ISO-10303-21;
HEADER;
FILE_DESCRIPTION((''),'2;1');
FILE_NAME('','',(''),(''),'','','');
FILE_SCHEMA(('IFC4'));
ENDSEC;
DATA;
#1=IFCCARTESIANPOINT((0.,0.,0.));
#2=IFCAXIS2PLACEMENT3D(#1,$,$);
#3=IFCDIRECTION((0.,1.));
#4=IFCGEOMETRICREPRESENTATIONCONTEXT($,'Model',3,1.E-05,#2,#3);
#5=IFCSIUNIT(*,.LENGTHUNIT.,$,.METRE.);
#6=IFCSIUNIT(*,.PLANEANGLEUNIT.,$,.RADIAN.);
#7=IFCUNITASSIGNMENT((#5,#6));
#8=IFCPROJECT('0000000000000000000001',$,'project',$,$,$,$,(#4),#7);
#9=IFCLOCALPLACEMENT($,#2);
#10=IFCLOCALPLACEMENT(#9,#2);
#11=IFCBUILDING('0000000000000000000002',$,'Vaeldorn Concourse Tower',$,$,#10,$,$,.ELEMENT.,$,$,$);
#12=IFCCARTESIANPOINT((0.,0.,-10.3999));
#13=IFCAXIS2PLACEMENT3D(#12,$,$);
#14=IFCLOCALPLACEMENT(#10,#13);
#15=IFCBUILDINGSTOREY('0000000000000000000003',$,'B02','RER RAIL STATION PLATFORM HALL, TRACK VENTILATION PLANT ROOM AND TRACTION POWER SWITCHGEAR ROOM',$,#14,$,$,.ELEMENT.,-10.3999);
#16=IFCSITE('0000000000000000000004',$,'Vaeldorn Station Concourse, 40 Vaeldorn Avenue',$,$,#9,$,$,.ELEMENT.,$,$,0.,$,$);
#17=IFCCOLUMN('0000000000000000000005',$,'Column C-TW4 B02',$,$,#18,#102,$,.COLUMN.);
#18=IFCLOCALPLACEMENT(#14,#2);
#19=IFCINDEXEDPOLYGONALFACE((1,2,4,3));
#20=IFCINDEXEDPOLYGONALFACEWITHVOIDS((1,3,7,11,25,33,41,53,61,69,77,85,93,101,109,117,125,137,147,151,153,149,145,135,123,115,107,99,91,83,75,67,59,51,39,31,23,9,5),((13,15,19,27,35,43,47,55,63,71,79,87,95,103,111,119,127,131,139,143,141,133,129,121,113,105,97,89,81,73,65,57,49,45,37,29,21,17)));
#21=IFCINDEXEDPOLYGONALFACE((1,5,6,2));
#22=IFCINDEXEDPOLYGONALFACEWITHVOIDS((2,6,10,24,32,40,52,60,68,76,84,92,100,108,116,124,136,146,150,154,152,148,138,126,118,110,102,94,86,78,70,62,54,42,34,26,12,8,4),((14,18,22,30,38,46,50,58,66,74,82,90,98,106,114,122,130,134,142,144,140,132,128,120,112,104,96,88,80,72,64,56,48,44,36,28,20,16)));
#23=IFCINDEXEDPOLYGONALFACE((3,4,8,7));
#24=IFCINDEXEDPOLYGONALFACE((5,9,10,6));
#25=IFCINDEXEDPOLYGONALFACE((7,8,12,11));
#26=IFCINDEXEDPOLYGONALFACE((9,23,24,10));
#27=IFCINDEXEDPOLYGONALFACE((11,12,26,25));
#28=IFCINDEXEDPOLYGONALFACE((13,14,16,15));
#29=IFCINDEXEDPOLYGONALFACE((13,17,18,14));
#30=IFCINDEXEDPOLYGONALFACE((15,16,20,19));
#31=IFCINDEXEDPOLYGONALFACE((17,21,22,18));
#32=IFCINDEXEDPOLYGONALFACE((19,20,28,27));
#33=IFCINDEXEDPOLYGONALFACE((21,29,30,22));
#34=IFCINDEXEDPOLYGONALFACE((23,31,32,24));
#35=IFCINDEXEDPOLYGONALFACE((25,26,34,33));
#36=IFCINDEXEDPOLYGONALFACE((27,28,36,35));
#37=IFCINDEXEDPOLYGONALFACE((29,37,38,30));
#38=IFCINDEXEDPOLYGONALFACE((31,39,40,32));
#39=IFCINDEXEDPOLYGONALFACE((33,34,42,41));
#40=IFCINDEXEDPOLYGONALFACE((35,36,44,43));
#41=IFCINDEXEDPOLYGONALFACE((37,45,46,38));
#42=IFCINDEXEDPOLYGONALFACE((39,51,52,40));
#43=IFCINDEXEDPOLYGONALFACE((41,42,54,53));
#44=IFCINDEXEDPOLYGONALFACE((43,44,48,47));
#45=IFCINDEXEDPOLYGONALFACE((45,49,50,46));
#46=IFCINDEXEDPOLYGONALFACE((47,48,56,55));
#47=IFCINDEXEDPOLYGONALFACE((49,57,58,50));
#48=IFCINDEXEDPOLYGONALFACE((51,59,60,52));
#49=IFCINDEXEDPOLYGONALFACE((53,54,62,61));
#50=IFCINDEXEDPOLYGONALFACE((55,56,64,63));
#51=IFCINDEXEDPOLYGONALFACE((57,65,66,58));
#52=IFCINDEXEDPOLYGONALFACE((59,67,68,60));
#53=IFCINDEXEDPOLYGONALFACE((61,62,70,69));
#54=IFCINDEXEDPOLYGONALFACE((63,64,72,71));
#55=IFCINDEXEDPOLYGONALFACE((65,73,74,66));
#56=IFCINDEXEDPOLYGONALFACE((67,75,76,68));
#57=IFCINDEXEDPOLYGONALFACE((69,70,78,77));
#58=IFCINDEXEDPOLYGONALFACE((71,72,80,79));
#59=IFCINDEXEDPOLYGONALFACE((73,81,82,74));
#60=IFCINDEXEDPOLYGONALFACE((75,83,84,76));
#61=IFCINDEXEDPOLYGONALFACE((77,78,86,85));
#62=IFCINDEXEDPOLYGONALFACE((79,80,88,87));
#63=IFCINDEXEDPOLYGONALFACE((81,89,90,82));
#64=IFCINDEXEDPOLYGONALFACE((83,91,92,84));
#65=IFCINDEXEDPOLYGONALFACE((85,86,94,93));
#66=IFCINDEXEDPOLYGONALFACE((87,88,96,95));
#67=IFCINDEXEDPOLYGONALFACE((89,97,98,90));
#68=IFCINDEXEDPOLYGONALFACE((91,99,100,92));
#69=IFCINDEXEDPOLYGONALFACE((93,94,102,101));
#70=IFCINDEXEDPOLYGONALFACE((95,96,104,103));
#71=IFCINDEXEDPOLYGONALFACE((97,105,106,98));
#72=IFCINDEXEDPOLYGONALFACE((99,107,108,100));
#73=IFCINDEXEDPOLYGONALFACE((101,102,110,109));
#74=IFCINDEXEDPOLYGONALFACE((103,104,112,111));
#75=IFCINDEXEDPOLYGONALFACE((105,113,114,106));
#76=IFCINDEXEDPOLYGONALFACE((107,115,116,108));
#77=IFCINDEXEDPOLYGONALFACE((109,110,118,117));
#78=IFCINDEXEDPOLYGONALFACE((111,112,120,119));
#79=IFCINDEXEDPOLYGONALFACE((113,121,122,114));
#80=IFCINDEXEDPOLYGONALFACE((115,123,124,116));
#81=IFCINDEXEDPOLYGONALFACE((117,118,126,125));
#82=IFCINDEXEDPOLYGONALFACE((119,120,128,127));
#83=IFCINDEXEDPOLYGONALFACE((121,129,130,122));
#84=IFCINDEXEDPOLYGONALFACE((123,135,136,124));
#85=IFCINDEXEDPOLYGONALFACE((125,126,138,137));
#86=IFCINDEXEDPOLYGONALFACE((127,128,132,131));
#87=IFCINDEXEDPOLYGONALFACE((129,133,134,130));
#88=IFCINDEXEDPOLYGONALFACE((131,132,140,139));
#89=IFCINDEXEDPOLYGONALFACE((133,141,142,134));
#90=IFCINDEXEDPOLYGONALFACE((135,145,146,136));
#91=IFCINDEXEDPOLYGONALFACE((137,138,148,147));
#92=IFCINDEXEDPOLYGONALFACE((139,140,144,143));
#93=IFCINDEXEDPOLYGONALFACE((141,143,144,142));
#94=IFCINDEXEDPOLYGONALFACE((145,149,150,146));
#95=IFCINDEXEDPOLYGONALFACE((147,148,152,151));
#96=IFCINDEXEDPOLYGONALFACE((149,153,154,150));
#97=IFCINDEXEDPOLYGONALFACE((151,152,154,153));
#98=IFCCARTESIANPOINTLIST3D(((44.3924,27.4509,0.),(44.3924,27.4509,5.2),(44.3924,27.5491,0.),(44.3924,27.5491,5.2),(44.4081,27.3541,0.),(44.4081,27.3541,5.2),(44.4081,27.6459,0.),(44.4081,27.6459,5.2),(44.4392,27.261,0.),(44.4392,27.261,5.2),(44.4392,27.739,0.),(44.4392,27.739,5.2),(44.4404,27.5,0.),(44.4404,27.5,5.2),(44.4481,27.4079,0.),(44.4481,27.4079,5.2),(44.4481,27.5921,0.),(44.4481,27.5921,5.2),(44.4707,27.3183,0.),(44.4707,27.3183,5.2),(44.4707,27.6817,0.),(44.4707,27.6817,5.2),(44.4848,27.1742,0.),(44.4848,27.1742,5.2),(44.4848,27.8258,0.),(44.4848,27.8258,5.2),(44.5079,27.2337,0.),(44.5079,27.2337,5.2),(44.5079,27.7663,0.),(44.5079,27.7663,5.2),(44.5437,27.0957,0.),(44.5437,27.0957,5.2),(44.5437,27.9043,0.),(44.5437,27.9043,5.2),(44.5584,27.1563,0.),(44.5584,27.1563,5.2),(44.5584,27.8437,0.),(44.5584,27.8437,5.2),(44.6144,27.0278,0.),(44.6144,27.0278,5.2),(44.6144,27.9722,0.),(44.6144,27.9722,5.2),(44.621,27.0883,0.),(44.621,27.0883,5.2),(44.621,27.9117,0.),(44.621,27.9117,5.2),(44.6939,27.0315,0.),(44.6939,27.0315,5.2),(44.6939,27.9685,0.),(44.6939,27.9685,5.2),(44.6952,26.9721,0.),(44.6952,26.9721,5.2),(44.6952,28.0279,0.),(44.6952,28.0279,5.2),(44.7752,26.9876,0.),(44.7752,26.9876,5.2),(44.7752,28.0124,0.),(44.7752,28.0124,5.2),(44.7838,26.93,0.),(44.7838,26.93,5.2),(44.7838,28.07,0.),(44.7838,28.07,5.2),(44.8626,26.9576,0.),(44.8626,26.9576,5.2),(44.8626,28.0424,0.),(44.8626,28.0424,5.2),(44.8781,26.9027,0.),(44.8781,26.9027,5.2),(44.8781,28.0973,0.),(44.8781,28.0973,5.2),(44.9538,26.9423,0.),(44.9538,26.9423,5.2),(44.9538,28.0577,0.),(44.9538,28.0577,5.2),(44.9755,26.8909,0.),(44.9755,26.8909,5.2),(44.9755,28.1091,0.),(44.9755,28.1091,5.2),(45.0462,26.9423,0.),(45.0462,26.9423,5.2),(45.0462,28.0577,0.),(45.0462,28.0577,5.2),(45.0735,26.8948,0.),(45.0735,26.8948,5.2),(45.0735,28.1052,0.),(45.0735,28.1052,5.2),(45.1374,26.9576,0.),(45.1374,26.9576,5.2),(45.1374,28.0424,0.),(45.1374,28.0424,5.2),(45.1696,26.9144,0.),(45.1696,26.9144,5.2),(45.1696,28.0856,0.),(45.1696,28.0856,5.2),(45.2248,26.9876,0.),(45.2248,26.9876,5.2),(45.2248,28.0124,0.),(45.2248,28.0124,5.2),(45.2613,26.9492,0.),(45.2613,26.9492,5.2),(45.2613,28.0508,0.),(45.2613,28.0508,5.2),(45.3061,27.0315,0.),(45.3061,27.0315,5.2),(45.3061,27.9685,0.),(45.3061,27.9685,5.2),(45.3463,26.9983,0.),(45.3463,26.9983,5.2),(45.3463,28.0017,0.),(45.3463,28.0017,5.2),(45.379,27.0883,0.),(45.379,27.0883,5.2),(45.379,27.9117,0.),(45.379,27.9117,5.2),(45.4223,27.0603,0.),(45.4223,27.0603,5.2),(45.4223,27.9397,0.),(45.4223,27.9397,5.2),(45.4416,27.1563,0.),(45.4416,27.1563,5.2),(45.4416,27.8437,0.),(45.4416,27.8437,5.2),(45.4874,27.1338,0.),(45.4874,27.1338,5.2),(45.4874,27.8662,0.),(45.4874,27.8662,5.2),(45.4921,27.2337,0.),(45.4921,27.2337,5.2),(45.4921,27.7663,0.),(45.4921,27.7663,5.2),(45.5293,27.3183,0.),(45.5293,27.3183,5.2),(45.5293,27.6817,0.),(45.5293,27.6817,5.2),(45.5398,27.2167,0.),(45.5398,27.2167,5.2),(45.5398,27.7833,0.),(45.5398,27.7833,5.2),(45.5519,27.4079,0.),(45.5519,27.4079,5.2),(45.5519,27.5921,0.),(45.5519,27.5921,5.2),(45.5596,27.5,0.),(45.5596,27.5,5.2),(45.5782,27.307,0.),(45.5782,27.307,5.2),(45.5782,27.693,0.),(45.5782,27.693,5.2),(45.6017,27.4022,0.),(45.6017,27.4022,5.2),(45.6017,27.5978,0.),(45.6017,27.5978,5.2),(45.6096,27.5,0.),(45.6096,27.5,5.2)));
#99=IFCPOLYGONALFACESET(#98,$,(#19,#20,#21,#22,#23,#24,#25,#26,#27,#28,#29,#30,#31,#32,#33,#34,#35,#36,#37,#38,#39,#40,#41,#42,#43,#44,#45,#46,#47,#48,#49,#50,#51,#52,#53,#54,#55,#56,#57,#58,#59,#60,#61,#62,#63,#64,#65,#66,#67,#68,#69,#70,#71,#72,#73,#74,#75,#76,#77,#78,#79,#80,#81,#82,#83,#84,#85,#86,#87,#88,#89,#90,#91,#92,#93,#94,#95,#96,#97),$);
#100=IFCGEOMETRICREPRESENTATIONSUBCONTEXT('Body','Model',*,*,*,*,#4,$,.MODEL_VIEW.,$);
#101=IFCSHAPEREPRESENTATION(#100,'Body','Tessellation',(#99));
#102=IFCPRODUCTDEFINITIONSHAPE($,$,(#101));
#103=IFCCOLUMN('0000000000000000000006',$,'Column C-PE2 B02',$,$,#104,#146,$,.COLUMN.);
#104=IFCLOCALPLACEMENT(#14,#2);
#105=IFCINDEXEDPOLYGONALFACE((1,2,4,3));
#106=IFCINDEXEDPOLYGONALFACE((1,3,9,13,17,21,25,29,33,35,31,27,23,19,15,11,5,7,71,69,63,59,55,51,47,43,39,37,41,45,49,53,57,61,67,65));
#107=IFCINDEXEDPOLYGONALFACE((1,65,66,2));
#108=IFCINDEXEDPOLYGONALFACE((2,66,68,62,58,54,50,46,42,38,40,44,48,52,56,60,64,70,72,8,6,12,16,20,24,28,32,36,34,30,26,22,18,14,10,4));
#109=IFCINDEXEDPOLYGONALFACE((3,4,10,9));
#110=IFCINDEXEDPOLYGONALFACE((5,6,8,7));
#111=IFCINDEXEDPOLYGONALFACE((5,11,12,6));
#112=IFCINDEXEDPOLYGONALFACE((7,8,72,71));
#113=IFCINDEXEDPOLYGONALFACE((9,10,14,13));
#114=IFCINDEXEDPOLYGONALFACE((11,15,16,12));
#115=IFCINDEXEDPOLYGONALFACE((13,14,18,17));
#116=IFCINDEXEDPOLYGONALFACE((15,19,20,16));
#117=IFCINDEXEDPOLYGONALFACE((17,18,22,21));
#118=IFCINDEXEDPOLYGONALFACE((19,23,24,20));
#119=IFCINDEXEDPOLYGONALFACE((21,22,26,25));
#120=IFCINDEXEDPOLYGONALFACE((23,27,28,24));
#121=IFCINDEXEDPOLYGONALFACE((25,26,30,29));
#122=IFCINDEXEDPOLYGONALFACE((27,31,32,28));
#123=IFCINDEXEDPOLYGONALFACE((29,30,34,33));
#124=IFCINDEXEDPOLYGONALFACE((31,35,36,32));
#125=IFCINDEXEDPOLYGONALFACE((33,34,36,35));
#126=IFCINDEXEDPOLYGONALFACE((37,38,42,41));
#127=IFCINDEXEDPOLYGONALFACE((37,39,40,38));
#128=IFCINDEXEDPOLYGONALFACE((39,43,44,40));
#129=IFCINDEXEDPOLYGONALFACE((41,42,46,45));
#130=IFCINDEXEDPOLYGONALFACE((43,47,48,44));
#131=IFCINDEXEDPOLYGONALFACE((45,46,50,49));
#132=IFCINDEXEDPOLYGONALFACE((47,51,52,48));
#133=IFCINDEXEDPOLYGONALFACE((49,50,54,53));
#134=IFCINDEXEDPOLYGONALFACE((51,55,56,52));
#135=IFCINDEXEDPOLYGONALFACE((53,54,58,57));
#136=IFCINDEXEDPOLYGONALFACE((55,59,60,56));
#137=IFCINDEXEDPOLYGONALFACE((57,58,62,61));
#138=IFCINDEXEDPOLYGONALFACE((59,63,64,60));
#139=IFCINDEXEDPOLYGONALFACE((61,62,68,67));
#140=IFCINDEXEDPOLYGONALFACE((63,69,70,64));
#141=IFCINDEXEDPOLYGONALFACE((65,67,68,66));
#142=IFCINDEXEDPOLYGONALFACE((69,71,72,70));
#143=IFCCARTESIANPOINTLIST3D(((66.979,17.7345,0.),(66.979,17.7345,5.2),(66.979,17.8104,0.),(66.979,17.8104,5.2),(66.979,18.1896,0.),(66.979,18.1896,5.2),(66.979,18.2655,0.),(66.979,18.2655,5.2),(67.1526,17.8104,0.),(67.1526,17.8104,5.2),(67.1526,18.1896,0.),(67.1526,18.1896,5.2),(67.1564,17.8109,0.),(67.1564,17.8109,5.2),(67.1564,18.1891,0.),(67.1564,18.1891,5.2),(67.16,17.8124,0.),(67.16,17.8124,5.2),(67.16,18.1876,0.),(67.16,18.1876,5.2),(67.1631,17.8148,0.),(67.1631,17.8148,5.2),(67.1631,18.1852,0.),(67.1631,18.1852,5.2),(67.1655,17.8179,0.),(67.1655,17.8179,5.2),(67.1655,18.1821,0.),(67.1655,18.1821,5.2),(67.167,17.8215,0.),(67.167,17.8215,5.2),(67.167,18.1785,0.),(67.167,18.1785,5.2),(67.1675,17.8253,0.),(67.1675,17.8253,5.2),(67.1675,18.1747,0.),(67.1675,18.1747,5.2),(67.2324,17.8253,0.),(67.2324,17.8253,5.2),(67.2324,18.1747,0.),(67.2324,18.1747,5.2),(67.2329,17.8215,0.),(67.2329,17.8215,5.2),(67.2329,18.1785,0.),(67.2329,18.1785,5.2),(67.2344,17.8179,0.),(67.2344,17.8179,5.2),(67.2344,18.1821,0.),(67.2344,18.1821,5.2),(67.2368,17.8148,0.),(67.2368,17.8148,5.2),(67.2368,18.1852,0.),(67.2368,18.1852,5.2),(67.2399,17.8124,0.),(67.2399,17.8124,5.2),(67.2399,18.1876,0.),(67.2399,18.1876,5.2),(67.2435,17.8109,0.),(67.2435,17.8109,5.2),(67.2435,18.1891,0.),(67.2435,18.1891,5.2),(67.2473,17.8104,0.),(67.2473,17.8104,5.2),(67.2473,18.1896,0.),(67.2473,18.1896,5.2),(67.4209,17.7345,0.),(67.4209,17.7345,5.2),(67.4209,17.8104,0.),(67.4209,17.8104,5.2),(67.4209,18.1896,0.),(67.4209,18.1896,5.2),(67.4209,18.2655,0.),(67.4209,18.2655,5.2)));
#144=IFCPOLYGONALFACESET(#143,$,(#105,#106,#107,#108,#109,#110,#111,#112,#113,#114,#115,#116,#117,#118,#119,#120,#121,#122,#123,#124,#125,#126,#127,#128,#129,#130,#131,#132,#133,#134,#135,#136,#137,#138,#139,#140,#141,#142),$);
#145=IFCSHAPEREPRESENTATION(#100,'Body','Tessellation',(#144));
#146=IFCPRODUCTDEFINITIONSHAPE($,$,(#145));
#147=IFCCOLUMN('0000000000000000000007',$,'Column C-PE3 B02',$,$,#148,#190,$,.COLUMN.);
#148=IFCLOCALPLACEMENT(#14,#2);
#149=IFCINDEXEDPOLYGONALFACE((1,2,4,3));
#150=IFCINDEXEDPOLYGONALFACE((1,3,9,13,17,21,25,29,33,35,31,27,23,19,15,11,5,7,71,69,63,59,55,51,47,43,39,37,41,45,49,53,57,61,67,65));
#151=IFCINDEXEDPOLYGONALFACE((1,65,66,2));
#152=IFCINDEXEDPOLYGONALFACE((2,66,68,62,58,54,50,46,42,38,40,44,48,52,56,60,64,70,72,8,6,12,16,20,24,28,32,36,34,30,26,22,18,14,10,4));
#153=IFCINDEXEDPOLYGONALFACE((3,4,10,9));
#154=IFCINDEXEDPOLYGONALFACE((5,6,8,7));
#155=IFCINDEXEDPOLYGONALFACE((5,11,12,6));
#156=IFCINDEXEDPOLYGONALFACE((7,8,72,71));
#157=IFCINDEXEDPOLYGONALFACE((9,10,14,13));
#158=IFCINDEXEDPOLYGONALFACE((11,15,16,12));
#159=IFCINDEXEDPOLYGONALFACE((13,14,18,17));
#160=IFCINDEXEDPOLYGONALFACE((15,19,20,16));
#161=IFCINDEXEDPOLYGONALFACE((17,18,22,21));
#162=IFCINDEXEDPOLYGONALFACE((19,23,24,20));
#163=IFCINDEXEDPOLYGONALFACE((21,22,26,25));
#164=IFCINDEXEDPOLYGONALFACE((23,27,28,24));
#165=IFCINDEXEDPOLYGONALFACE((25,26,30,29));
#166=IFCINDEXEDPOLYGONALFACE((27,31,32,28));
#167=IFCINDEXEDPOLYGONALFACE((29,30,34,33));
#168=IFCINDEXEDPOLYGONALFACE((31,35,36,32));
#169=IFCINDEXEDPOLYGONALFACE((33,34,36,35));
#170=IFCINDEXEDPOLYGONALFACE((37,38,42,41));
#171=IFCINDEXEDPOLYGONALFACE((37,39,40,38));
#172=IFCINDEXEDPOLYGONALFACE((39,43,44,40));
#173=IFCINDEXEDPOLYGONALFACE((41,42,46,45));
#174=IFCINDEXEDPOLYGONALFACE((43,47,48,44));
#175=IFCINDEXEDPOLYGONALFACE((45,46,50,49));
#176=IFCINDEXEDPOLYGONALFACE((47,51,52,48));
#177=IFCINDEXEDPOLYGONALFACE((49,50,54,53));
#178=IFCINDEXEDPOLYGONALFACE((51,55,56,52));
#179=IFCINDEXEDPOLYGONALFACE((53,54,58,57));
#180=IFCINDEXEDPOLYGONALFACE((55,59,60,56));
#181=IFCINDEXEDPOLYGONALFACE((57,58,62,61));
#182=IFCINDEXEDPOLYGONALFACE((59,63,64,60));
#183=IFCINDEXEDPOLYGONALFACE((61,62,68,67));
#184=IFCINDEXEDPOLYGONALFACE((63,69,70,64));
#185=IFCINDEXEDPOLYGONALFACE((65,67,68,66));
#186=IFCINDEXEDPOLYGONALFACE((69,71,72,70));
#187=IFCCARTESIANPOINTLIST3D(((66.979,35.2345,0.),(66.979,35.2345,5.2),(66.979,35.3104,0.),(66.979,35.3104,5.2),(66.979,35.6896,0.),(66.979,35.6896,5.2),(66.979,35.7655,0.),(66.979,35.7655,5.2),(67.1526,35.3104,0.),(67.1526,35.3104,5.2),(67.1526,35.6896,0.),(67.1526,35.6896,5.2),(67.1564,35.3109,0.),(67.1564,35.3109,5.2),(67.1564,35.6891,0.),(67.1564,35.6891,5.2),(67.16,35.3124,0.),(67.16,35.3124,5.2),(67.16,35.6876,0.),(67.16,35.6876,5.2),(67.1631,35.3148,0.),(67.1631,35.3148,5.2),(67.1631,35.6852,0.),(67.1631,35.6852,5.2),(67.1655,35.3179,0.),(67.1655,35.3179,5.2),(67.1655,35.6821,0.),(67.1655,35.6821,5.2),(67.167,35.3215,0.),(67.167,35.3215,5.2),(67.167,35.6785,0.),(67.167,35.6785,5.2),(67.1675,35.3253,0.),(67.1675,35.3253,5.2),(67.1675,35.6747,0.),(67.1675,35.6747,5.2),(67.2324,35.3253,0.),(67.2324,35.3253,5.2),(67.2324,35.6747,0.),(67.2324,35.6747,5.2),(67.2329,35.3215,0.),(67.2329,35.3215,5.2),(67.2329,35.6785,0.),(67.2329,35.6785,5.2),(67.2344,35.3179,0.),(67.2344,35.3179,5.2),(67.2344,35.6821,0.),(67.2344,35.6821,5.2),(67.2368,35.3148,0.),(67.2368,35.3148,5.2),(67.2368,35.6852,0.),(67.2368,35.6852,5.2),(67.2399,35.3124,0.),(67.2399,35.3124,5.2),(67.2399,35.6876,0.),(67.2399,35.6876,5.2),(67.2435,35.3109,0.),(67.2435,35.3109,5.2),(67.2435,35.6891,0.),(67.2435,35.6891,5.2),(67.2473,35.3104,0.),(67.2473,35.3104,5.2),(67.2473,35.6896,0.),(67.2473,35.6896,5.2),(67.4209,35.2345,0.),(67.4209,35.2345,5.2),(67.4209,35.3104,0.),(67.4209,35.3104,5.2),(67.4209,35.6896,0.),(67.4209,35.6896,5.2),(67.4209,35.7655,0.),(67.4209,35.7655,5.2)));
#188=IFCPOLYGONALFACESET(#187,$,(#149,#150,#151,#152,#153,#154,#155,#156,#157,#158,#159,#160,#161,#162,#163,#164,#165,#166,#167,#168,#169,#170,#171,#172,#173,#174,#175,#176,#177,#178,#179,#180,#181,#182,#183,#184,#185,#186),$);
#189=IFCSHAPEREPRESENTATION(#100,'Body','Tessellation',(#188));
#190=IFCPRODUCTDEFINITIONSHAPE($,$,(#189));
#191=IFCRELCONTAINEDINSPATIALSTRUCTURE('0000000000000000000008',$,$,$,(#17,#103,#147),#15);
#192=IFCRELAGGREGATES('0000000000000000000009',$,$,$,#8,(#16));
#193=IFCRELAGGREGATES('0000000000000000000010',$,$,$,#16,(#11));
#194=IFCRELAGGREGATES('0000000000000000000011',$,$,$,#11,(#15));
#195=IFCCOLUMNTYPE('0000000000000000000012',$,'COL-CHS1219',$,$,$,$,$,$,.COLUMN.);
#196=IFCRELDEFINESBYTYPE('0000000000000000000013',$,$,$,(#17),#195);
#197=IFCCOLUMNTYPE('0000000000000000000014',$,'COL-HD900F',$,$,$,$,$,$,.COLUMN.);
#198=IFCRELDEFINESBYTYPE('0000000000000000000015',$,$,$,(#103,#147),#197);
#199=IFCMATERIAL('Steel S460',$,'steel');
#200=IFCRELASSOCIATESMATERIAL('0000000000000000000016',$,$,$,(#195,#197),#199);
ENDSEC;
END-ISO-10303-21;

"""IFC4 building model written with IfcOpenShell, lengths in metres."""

from ifc_helpers import new_model, si_unit, direction, frame, origin, origin_2d, place, context, subcontext, project, spatial, hollow_circle, i_section, extrude, source, transform, mapped, material, material_profile, profile_set, type_object, element, save


model = new_model("IFC4")

# Units and contexts
model_context = context("Model", 3, precision=1e-05, world=origin(), true_north=direction((0.0, 1.0)))
body_context = subcontext(model_context, "Body", "Model", "MODEL_VIEW")
ifc_project = project(units=[si_unit("LENGTHUNIT", "METRE"), si_unit("PLANEANGLEUNIT", "RADIAN")], contexts=[model_context])

# Site, building, storey
site_placement = place(None, origin())
site = spatial("IfcSite", under=ifc_project, at=site_placement, Name="Vaeldorn Station Concourse, 40 Vaeldorn Avenue", CompositionType="ELEMENT", RefElevation=0.0)
building_placement = place(site_placement, origin())
building = spatial("IfcBuilding", under=site, at=building_placement, Name="Vaeldorn Concourse Tower", CompositionType="ELEMENT")
storey_placement = place(building_placement, frame((0.0, 0.0, -10.3999)))
storey = spatial("IfcBuildingStorey", under=building, at=storey_placement, Name="B02", Description="RER RAIL STATION PLATFORM HALL, TRACK VENTILATION PLANT ROOM AND TRACTION POWER SWITCHGEAR ROOM", CompositionType="ELEMENT", Elevation=-10.3999)

# Columns
ifc_material_1 = material(Name="Steel S460", Category="steel")
ifc_material_profile_1 = material_profile(ifc_material_1, hollow_circle(Radius=0.6096, WallThickness=0.05, at=origin_2d()), Name="CHS 1219x50")
ifc_profile_set_1 = profile_set([ifc_material_profile_1], Name="Steel S460")
column_type_1 = type_object("IfcColumnType", Name="COL-CHS1219", PredefinedType="COLUMN", material=ifc_profile_set_1)
shared_shape_1 = source(origin(), body_context, "Body", "SweptSolid", [
    extrude(hollow_circle(Radius=0.6096, WallThickness=0.05, at=origin_2d()), origin(), (0.0, 0.0, 1.0), 5.2),
])
column_1_placement = place(storey_placement, frame((45.0, 27.5, 0.0), z_axis=(0.0, 0.0, 1.0), x_axis=(1.0, 0.0, 0.0)))
element("IfcColumn", 1, at=column_1_placement, inside=storey, type_object=column_type_1, Name="Column C-TW4 B02", PredefinedType="COLUMN", context=body_context, shape_type="MappedRepresentation", body=[
    mapped(shared_shape_1, transform((0.0, 0.0, 0.0), scale=1.0)),
])
ifc_material_profile_2 = material_profile(ifc_material_1, i_section(OverallWidth=0.4419, OverallDepth=0.531, WebThickness=0.0649, FlangeThickness=0.0759, FilletRadius=0.0149, at=origin_2d()), Name="HD 400x900")
ifc_profile_set_2 = profile_set([ifc_material_profile_2], Name="Steel S460")
column_type_2 = type_object("IfcColumnType", Name="COL-HD900F", PredefinedType="COLUMN", material=ifc_profile_set_2)
shared_shape_2 = source(origin(), body_context, "Body", "SweptSolid", [
    extrude(i_section(OverallWidth=0.4419, OverallDepth=0.531, WebThickness=0.0649, FlangeThickness=0.0759, FilletRadius=0.0149, at=origin_2d()), origin(), (0.0, 0.0, 1.0), 5.2),
])
for number, where, z_axis, x_axis, name in (
    (2, (67.2, 18.0, 0.0), (0.0, 0.0, 1.0), (1.0, 0.0, 0.0), "Column C-PE2 B02"),
    (3, (67.2, 35.5, 0.0), (0.0, 0.0, 1.0), (1.0, 0.0, 0.0), "Column C-PE3 B02"),
):
    element("IfcColumn", number, at=place(storey_placement, frame(where, z_axis=z_axis, x_axis=x_axis)), inside=storey, type_object=column_type_2, Name=name, PredefinedType="COLUMN", context=body_context, shape_type="MappedRepresentation", body=[
        mapped(shared_shape_2, transform((0.0, 0.0, 0.0), scale=1.0)),
    ])

save(model, "model.ifc")
